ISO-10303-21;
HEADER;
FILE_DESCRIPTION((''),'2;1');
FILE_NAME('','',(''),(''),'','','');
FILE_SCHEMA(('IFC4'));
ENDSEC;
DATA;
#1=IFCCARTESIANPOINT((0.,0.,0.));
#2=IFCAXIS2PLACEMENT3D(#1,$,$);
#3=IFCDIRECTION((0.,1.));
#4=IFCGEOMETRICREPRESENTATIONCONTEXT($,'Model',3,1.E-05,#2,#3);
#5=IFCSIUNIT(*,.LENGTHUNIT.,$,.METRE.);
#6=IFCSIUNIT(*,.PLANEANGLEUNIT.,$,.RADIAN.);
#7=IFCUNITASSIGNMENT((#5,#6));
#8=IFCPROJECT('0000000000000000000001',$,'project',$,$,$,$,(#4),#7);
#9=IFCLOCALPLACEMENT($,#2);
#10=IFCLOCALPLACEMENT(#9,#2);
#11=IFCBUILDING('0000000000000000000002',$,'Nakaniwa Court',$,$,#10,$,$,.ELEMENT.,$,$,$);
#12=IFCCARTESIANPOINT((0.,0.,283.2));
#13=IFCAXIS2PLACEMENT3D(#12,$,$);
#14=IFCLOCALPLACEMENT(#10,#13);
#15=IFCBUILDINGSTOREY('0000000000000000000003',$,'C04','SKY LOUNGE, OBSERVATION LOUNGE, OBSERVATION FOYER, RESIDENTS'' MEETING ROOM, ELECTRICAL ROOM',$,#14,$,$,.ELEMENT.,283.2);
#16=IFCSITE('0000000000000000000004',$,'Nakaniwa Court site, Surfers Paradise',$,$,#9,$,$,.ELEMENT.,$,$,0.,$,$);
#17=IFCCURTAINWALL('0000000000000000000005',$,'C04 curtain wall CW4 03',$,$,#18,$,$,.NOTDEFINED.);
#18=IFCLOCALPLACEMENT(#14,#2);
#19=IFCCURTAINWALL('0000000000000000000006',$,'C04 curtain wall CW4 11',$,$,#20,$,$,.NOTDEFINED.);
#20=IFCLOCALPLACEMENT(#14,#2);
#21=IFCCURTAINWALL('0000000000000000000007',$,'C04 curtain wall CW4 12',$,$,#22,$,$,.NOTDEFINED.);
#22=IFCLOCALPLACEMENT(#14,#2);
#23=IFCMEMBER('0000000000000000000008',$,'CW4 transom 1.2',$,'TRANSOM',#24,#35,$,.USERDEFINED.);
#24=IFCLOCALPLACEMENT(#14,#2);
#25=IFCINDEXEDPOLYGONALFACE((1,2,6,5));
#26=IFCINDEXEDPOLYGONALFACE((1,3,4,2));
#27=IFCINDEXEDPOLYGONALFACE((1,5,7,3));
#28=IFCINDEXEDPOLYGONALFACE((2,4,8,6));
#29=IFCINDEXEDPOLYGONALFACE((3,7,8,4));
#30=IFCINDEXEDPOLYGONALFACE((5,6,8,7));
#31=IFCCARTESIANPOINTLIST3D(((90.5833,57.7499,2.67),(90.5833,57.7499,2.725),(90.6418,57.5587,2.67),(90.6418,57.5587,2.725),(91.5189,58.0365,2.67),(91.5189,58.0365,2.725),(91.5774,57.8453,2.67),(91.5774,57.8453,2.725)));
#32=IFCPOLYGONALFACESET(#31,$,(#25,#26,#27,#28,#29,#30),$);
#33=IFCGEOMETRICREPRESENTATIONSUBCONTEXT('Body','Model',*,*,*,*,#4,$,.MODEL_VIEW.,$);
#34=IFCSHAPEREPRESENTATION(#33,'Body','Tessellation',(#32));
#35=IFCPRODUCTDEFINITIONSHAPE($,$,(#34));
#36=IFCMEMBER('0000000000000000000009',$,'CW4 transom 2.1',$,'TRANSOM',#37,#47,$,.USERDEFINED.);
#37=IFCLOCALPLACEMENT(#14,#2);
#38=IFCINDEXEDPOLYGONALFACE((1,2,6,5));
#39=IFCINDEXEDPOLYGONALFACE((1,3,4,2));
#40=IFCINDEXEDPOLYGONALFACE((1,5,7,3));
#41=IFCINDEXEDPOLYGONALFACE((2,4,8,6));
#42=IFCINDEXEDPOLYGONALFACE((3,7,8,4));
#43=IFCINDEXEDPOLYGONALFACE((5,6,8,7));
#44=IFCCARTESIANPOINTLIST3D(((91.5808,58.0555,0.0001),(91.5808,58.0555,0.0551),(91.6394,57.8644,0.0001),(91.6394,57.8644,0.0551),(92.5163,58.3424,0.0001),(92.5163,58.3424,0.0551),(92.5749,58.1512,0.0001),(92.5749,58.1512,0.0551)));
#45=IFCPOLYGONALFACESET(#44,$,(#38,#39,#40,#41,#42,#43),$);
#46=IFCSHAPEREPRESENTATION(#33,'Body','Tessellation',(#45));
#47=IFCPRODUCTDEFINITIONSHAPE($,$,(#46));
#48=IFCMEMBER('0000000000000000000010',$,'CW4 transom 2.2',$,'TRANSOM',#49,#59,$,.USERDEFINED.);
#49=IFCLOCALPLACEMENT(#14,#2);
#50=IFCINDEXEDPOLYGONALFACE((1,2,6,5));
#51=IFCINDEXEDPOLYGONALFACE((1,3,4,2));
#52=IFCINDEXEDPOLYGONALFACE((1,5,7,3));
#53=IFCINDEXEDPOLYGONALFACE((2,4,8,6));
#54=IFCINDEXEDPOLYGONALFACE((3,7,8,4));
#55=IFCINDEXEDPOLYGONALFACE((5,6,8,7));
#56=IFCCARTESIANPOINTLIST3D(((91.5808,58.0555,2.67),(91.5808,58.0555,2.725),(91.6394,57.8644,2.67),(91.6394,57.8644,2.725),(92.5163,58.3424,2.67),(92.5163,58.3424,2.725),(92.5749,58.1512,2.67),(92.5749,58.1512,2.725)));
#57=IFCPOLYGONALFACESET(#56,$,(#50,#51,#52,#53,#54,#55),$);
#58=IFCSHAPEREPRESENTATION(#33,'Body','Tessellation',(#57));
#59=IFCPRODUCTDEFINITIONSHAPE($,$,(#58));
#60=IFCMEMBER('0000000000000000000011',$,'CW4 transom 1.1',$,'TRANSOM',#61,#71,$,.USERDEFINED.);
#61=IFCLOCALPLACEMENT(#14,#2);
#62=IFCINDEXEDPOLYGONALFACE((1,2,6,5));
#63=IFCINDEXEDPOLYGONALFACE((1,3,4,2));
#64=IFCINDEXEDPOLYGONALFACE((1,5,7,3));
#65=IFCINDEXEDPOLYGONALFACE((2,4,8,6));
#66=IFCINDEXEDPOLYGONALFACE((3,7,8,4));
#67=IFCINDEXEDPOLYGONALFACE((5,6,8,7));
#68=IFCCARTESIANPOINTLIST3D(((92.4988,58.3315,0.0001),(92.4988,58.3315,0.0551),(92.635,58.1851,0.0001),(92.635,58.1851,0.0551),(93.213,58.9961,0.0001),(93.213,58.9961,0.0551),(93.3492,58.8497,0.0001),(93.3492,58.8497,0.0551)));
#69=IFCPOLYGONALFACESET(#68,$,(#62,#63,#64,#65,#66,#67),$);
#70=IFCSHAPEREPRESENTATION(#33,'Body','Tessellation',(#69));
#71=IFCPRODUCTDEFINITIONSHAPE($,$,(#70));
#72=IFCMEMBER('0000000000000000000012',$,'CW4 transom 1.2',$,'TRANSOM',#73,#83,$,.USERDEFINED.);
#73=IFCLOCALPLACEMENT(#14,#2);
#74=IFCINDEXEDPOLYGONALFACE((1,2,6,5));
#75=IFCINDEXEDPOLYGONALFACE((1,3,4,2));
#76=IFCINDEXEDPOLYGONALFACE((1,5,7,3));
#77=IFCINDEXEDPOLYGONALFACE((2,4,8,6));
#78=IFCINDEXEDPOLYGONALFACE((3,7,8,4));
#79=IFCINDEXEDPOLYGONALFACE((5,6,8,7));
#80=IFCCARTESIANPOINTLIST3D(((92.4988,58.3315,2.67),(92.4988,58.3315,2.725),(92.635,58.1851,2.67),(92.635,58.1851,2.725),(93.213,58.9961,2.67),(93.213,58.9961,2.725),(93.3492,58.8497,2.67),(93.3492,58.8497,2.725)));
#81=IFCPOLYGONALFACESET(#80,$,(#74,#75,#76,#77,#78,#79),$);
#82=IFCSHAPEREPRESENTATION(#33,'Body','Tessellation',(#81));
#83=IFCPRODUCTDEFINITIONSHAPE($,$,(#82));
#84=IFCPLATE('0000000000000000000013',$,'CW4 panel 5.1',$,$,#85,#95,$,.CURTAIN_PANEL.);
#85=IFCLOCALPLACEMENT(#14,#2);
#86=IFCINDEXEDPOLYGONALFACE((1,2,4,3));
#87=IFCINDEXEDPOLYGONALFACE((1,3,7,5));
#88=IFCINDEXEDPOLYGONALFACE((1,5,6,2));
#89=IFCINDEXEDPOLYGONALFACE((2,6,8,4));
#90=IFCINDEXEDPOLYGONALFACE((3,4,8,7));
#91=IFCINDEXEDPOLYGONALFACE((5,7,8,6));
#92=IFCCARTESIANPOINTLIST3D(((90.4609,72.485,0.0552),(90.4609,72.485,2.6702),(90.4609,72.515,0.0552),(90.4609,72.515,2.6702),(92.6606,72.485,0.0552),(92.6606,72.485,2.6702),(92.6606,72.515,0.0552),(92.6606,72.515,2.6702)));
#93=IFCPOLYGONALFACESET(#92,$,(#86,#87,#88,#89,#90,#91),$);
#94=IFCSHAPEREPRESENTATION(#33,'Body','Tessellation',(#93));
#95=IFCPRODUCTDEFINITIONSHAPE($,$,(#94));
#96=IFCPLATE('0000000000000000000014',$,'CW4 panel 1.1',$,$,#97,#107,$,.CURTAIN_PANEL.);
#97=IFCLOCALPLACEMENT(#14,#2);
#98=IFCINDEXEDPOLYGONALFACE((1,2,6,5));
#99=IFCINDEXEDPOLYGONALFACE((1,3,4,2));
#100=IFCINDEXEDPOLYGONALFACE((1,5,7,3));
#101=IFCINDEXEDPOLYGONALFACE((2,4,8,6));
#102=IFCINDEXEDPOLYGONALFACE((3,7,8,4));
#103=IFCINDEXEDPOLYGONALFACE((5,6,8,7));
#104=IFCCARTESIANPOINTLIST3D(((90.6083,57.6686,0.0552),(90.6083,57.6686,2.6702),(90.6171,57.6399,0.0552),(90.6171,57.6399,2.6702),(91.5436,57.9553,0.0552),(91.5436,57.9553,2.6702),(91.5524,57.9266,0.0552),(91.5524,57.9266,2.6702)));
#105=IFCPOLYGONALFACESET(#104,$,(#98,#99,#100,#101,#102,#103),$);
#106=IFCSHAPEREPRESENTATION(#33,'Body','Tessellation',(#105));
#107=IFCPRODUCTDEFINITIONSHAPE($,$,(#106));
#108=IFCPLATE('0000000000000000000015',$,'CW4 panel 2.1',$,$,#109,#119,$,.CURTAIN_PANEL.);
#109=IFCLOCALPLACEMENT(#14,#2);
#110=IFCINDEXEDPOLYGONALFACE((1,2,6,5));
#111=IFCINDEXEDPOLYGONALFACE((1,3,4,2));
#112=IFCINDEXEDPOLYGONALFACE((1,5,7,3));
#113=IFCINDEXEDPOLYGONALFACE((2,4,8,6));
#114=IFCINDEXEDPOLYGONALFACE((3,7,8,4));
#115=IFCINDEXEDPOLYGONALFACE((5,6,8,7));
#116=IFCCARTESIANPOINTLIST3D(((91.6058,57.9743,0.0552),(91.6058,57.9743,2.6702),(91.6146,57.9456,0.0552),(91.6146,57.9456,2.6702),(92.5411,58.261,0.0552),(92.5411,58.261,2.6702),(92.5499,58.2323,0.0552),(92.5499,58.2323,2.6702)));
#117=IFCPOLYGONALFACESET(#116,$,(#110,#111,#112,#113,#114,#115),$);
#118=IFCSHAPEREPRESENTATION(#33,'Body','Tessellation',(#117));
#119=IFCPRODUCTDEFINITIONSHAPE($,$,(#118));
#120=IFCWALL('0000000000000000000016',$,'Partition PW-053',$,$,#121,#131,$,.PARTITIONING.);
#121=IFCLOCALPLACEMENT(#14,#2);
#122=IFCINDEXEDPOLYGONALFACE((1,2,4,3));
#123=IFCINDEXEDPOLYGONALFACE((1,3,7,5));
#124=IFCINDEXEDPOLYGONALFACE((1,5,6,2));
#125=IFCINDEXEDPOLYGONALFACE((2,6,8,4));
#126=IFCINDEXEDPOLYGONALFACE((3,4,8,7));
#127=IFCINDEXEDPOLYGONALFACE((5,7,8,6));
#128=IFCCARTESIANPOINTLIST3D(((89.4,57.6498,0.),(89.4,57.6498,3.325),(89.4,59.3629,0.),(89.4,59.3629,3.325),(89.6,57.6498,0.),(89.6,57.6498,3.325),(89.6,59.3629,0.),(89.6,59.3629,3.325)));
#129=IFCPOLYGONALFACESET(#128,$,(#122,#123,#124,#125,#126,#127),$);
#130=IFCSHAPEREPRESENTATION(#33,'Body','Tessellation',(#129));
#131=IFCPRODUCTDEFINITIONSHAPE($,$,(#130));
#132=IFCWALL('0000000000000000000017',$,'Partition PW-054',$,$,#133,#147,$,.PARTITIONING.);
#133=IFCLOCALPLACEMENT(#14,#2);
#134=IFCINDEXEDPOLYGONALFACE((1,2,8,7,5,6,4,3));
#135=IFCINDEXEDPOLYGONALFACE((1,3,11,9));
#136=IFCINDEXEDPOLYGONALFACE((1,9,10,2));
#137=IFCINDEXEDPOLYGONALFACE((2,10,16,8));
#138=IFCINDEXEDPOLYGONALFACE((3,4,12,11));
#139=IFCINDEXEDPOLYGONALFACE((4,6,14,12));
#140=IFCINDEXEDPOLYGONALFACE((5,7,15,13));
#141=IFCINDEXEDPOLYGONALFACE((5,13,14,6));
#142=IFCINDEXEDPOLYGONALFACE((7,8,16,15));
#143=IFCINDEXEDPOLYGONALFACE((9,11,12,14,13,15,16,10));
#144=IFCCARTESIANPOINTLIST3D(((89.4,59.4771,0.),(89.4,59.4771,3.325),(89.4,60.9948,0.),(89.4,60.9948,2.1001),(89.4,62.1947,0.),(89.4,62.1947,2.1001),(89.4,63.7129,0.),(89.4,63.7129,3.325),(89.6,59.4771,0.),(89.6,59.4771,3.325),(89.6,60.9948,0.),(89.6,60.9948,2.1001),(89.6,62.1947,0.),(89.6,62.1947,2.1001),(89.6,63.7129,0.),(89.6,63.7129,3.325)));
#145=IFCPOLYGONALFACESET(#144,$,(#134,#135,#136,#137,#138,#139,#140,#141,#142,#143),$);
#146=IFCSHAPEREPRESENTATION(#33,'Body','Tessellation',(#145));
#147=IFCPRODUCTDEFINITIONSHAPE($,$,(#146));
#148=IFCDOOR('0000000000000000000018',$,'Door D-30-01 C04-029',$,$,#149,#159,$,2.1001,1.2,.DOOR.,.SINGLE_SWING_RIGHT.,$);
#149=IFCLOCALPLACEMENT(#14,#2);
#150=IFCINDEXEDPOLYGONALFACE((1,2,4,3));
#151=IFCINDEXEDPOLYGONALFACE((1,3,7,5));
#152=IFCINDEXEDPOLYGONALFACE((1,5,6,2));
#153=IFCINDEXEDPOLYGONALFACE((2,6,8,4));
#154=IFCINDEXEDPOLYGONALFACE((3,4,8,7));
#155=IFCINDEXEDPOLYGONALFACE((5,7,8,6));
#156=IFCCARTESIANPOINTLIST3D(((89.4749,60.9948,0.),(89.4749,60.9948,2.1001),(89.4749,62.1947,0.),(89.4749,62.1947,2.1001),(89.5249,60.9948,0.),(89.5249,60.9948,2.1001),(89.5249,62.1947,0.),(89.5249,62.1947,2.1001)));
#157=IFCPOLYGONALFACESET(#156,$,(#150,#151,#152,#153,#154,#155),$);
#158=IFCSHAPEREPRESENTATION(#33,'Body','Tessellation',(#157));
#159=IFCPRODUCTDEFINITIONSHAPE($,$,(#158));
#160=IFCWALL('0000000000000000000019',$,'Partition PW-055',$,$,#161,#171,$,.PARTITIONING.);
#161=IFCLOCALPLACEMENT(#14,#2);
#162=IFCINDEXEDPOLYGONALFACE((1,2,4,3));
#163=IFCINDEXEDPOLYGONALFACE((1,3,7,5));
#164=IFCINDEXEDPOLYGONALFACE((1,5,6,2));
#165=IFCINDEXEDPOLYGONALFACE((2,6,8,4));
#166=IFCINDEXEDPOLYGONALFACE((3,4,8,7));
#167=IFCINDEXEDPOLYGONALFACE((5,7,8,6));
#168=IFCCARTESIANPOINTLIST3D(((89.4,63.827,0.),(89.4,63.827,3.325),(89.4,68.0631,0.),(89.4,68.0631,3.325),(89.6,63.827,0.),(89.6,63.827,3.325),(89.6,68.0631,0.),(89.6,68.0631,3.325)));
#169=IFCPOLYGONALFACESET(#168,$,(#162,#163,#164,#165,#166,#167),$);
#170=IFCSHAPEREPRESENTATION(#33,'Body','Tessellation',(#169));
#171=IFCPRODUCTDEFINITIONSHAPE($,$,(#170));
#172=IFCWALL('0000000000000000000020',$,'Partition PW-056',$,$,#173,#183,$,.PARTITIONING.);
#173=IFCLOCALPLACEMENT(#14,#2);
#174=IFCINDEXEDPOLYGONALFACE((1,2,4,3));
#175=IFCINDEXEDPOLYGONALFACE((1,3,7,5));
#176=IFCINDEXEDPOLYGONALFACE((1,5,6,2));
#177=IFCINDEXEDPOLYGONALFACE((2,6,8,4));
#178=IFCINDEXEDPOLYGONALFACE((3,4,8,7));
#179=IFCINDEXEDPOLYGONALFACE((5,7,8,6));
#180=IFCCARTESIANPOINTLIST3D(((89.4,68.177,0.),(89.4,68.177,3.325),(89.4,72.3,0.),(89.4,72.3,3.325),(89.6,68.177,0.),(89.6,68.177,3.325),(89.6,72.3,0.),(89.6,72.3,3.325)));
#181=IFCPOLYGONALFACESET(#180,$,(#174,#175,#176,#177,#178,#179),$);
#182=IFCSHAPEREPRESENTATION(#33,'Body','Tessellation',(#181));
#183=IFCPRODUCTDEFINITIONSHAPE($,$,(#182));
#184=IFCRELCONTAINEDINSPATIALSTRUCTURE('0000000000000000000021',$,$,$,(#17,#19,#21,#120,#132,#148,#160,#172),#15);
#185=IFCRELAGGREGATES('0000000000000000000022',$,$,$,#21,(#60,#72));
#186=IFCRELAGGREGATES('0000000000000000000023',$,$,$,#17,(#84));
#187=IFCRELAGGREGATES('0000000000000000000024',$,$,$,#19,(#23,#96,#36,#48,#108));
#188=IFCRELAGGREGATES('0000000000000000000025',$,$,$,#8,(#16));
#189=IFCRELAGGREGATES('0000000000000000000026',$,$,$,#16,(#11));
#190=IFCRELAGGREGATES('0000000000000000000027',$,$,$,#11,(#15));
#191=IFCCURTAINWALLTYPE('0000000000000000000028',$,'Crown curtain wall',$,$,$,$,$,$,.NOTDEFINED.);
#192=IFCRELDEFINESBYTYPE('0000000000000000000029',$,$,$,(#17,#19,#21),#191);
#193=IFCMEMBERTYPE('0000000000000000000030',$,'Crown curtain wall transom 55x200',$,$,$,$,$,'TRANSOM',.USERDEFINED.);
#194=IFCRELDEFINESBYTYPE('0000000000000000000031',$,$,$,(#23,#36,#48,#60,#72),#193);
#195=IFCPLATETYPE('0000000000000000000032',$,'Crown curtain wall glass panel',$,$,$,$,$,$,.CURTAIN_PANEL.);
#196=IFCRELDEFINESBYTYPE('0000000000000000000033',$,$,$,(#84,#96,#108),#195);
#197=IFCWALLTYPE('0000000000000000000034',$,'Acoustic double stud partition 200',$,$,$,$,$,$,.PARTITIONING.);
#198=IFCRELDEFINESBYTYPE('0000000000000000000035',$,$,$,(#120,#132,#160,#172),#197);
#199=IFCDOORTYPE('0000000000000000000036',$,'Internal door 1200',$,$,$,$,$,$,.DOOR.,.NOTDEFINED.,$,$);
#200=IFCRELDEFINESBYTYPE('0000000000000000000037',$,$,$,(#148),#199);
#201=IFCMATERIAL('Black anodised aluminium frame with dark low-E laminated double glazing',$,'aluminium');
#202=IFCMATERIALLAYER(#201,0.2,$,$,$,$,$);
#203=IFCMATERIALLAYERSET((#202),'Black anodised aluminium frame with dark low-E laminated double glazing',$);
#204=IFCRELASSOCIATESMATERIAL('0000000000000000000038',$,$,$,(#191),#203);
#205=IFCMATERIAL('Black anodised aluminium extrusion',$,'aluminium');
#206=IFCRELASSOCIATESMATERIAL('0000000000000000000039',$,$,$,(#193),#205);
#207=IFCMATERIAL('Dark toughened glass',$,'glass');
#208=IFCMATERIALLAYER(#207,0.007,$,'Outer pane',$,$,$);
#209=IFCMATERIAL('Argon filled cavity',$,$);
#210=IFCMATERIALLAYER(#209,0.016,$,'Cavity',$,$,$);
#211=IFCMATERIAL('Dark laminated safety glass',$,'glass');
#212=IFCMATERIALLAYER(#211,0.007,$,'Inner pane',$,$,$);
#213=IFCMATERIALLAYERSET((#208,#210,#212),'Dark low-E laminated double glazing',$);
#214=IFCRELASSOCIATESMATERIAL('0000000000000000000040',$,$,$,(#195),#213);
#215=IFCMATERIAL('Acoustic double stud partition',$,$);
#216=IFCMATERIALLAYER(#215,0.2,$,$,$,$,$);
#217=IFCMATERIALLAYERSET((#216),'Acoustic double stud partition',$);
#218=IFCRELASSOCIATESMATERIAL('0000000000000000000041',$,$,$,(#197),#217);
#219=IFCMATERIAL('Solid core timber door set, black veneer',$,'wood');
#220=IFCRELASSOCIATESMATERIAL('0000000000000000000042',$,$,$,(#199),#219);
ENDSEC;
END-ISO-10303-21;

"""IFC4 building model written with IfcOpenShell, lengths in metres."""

from ifc_helpers import new_model, si_unit, direction, frame, frame_2d, origin, origin_2d, place, context, subcontext, project, spatial, rectangle, extrude, material, layer, layer_set, material_profile, profile_set, type_object, element, fill, aggregate, save


model = new_model("IFC4")

# Units and contexts
model_context = context("Model", 3, precision=1e-05, world=origin(), true_north=direction((0.0, 1.0)))
body_context = subcontext(model_context, "Body", "Model", "MODEL_VIEW")
ifc_project = project(units=[si_unit("LENGTHUNIT", "METRE"), si_unit("PLANEANGLEUNIT", "RADIAN")], contexts=[model_context])

# Site, building, storey
site_placement = place(None, origin())
site = spatial("IfcSite", under=ifc_project, at=site_placement, Name="Nakaniwa Court site, Surfers Paradise", CompositionType="ELEMENT", RefElevation=0.0)
building_placement = place(site_placement, origin())
building = spatial("IfcBuilding", under=site, at=building_placement, Name="Nakaniwa Court", CompositionType="ELEMENT")
storey_placement = place(building_placement, frame((0.0, 0.0, 283.2)))
storey = spatial("IfcBuildingStorey", under=building, at=storey_placement, Name="C04", Description="SKY LOUNGE, OBSERVATION LOUNGE, OBSERVATION FOYER, RESIDENTS' MEETING ROOM, ELECTRICAL ROOM", CompositionType="ELEMENT", Elevation=283.2)

# Curtain wall
ifc_material_1 = material(Name="Black anodised aluminium frame with dark low-E laminated double glazing", Category="aluminium")
ifc_layer_1 = layer(ifc_material_1, 0.2)
ifc_layer_set_1 = layer_set([ifc_layer_1], Name="Black anodised aluminium frame with dark low-E laminated double glazing")
curtain_wall_type = type_object("IfcCurtainWallType", Name="Crown curtain wall", PredefinedType="NOTDEFINED", material=ifc_layer_set_1)
curtain_wall_1_placement = place(storey_placement, origin())
curtain_wall_1 = element("IfcCurtainWall", 1, at=curtain_wall_1_placement, inside=storey, type_object=curtain_wall_type, Name="C04 curtain wall CW4 03", PredefinedType="NOTDEFINED")
ifc_material_2 = material(Name="Black anodised aluminium extrusion", Category="aluminium")

# Curtain wall
curtain_wall_2_placement = place(storey_placement, origin())
curtain_wall_2 = element("IfcCurtainWall", 2, at=curtain_wall_2_placement, inside=storey, type_object=curtain_wall_type, Name="C04 curtain wall CW4 11", PredefinedType="NOTDEFINED")

# Curtain wall
curtain_wall_3_placement = place(storey_placement, origin())
curtain_wall_3 = element("IfcCurtainWall", 3, at=curtain_wall_3_placement, inside=storey, type_object=curtain_wall_type, Name="C04 curtain wall CW4 12", PredefinedType="NOTDEFINED")

# Members
ifc_material_profile_1 = material_profile(ifc_material_2, rectangle(XDim=0.2, YDim=0.0549, at=origin_2d()), Name="Crown curtain wall transom 55x200")
ifc_profile_set_1 = profile_set([ifc_material_profile_1], Name="Black anodised aluminium extrusion")
member_type_1 = type_object("IfcMemberType", Name="Crown curtain wall transom 55x200", ElementType="TRANSOM", PredefinedType="USERDEFINED", material=ifc_profile_set_1)
member_1_placement = place(storey_placement, frame((90.6125, 57.6543, 2.6975), z_axis=(0.956134, 0.292928, 0.0), x_axis=(-0.292928, 0.956134, 0.0)))
member_1 = element("IfcMember", 4, at=member_1_placement, type_object=member_type_1, Name="CW4 transom 1.2", ObjectType="TRANSOM", PredefinedType="USERDEFINED", context=body_context, shape_type="SweptSolid", body=[
    extrude(rectangle(XDim=0.2, YDim=0.0549, at=origin_2d()), origin(), (0.0, 0.0, 1.0), 0.9785),
])
member_2_placement = place(storey_placement, frame((91.6101, 57.96, 0.0276), z_axis=(0.956064, 0.293157, 0.0), x_axis=(-0.293157, 0.956064, 0.0)))
member_2 = element("IfcMember", 5, at=member_2_placement, type_object=member_type_1, Name="CW4 transom 2.1", ObjectType="TRANSOM", PredefinedType="USERDEFINED", context=body_context, shape_type="SweptSolid", body=[
    extrude(rectangle(XDim=0.2, YDim=0.0549, at=origin_2d()), origin(), (0.0, 0.0, 1.0), 0.9785),
])
member_3_placement = place(storey_placement, frame((91.6101, 57.96, 2.6975), z_axis=(0.956064, 0.293157, 0.0), x_axis=(-0.293157, 0.956064, 0.0)))
member_3 = element("IfcMember", 6, at=member_3_placement, type_object=member_type_1, Name="CW4 transom 2.2", ObjectType="TRANSOM", PredefinedType="USERDEFINED", context=body_context, shape_type="SweptSolid", body=[
    extrude(rectangle(XDim=0.2, YDim=0.0549, at=origin_2d()), origin(), (0.0, 0.0, 1.0), 0.9785),
])
member_4_placement = place(storey_placement, frame((92.5669, 58.2583, 0.0276), z_axis=(0.732053, 0.681247, 0.0), x_axis=(-0.681247, 0.732053, 0.0)))
member_4 = element("IfcMember", 7, at=member_4_placement, type_object=member_type_1, Name="CW4 transom 1.1", ObjectType="TRANSOM", PredefinedType="USERDEFINED", context=body_context, shape_type="SweptSolid", body=[
    extrude(rectangle(XDim=0.2, YDim=0.0549, at=origin_2d()), origin(), (0.0, 0.0, 1.0), 0.9756),
])
member_5_placement = place(storey_placement, frame((92.5669, 58.2583, 2.6975), z_axis=(0.732053, 0.681247, 0.0), x_axis=(-0.681247, 0.732053, 0.0)))
member_5 = element("IfcMember", 8, at=member_5_placement, type_object=member_type_1, Name="CW4 transom 1.2", ObjectType="TRANSOM", PredefinedType="USERDEFINED", context=body_context, shape_type="SweptSolid", body=[
    extrude(rectangle(XDim=0.2, YDim=0.0549, at=origin_2d()), origin(), (0.0, 0.0, 1.0), 0.9756),
])
aggregate(curtain_wall_3, [member_4, member_5])

# Plates
ifc_material_3 = material(Name="Dark toughened glass", Category="glass")
ifc_layer_2 = layer(ifc_material_3, 0.007, Name="Outer pane")
ifc_material_4 = material(Name="Argon filled cavity")
ifc_layer_3 = layer(ifc_material_4, 0.016, Name="Cavity")
ifc_material_5 = material(Name="Dark laminated safety glass", Category="glass")
ifc_layer_4 = layer(ifc_material_5, 0.007, Name="Inner pane")
ifc_layer_set_2 = layer_set([ifc_layer_2, ifc_layer_3, ifc_layer_4], Name="Dark low-E laminated double glazing")
plate_type = type_object("IfcPlateType", Name="Crown curtain wall glass panel", PredefinedType="CURTAIN_PANEL", material=ifc_layer_set_2)
plate_1_placement = place(storey_placement, frame((91.5608, 72.5, 0.0552), z_axis=(0.0, 0.0, 1.0), x_axis=(-1.0, 0.0, 0.0)))
plate_1 = element("IfcPlate", 9, at=plate_1_placement, type_object=plate_type, Name="CW4 panel 5.1", PredefinedType="CURTAIN_PANEL", context=body_context, shape_type="SweptSolid", body=[
    extrude(rectangle(XDim=2.1997, YDim=0.03, at=origin_2d()), origin(), (0.0, 0.0, 1.0), 2.615),
])
aggregate(curtain_wall_1, [plate_1])
plate_2_placement = place(storey_placement, frame((91.0803, 57.7976, 0.0552), z_axis=(0.0, 0.0, 1.0), x_axis=(0.956094, 0.29306, 0.0)))
plate_2 = element("IfcPlate", 10, at=plate_2_placement, type_object=plate_type, Name="CW4 panel 1.1", PredefinedType="CURTAIN_PANEL", context=body_context, shape_type="SweptSolid", body=[
    extrude(rectangle(XDim=0.9783, YDim=0.03, at=origin_2d()), origin(), (0.0, 0.0, 1.0), 2.615),
])
plate_3_placement = place(storey_placement, frame((92.0779, 58.1033, 0.0552), z_axis=(0.0, 0.0, 1.0), x_axis=(0.956094, 0.29306, 0.0)))
plate_3 = element("IfcPlate", 11, at=plate_3_placement, type_object=plate_type, Name="CW4 panel 2.1", PredefinedType="CURTAIN_PANEL", context=body_context, shape_type="SweptSolid", body=[
    extrude(rectangle(XDim=0.9783, YDim=0.03, at=origin_2d()), origin(), (0.0, 0.0, 1.0), 2.615),
])
aggregate(curtain_wall_2, [member_1, plate_2, member_2, member_3, plate_3])

# Wall
ifc_material_6 = material(Name="Acoustic double stud partition")
ifc_layer_5 = layer(ifc_material_6, 0.2)
ifc_layer_set_3 = layer_set([ifc_layer_5], Name="Acoustic double stud partition")
wall_type_1 = type_object("IfcWallType", Name="Acoustic double stud partition 200", PredefinedType="PARTITIONING", material=ifc_layer_set_3)
wall_1_placement = place(storey_placement, frame((89.5, 57.6499, 0.0), z_axis=(0.0, 0.0, 1.0), x_axis=(0.0, 1.0, 0.0)))
element("IfcWall", 12, at=wall_1_placement, inside=storey, type_object=wall_type_1, Name="Partition PW-053", PredefinedType="PARTITIONING", context=body_context, shape_type="SweptSolid", body=[
    extrude(rectangle(XDim=1.7131, YDim=0.2, at=frame_2d((0.8564, 0.0))), origin(), (0.0, 0.0, 1.0), 3.325),
])

# Wall, opening, door
wall_2_placement = place(storey_placement, frame((89.5, 63.7129, 0.0), z_axis=(0.0, 0.0, 1.0), x_axis=(0.0, -1.0, 0.0)))
wall_2 = element("IfcWall", 13, at=wall_2_placement, inside=storey, type_object=wall_type_1, Name="Partition PW-054", PredefinedType="PARTITIONING", context=body_context, shape_type="SweptSolid", body=[
    extrude(rectangle(XDim=4.2358, YDim=0.2, at=frame_2d((2.1179, 0.0))), origin(), (0.0, 0.0, 1.0), 3.325),
])
opening_1_placement = place(wall_2_placement, frame((1.5181, 0.0, 0.0)))
opening_1 = element("IfcOpeningElement", 14, at=opening_1_placement, cuts=wall_2, PredefinedType="OPENING", context=body_context, shape_type="SweptSolid", body=[
    extrude(rectangle(XDim=1.2, YDim=2.1001, at=frame_2d((0.6001, 1.05))), frame((0.0, 0.1099, 0.0), z_axis=(0.0, -1.0, 0.0), x_axis=(1.0, 0.0, 0.0)), (0.0, 0.0, 1.0), 0.22),
])
ifc_material_7 = material(Name="Solid core timber door set, black veneer", Category="wood")
door_type_1 = type_object("IfcDoorType", Name="Internal door 1200", OperationType="NOTDEFINED", PredefinedType="DOOR", material=ifc_material_7)
door_1_placement = place(opening_1_placement, origin())
door_1 = element("IfcDoor", 15, at=door_1_placement, inside=storey, type_object=door_type_1, Name="Door D-30-01 C04-029", OperationType="SINGLE_SWING_RIGHT", OverallHeight=2.1001, OverallWidth=1.2, PredefinedType="DOOR", context=body_context, shape_type="SweptSolid", body=[
    extrude(rectangle(XDim=1.2, YDim=2.1001, at=frame_2d((0.6001, 1.05))), frame((0.0, 0.0249, 0.0), z_axis=(0.0, -1.0, 0.0), x_axis=(1.0, 0.0, 0.0)), (0.0, 0.0, 1.0), 0.05),
])
fill(opening_1, door_1)

# Walls
wall_3_placement = place(storey_placement, frame((89.5, 63.8269, 0.0), z_axis=(0.0, 0.0, 1.0), x_axis=(0.0, 1.0, 0.0)))
element("IfcWall", 16, at=wall_3_placement, inside=storey, type_object=wall_type_1, Name="Partition PW-055", PredefinedType="PARTITIONING", context=body_context, shape_type="SweptSolid", body=[
    extrude(rectangle(XDim=4.2361, YDim=0.2, at=frame_2d((2.1182, 0.0))), origin(), (0.0, 0.0, 1.0), 3.325),
])
wall_4_placement = place(storey_placement, frame((89.5, 68.177, 0.0), z_axis=(0.0, 0.0, 1.0), x_axis=(0.0, 1.0, 0.0)))
element("IfcWall", 17, at=wall_4_placement, inside=storey, type_object=wall_type_1, Name="Partition PW-056", PredefinedType="PARTITIONING", context=body_context, shape_type="SweptSolid", body=[
    extrude(rectangle(XDim=4.123, YDim=0.2, at=frame_2d((2.0615, 0.0))), origin(), (0.0, 0.0, 1.0), 3.325),
])

save(model, "model.ifc")
